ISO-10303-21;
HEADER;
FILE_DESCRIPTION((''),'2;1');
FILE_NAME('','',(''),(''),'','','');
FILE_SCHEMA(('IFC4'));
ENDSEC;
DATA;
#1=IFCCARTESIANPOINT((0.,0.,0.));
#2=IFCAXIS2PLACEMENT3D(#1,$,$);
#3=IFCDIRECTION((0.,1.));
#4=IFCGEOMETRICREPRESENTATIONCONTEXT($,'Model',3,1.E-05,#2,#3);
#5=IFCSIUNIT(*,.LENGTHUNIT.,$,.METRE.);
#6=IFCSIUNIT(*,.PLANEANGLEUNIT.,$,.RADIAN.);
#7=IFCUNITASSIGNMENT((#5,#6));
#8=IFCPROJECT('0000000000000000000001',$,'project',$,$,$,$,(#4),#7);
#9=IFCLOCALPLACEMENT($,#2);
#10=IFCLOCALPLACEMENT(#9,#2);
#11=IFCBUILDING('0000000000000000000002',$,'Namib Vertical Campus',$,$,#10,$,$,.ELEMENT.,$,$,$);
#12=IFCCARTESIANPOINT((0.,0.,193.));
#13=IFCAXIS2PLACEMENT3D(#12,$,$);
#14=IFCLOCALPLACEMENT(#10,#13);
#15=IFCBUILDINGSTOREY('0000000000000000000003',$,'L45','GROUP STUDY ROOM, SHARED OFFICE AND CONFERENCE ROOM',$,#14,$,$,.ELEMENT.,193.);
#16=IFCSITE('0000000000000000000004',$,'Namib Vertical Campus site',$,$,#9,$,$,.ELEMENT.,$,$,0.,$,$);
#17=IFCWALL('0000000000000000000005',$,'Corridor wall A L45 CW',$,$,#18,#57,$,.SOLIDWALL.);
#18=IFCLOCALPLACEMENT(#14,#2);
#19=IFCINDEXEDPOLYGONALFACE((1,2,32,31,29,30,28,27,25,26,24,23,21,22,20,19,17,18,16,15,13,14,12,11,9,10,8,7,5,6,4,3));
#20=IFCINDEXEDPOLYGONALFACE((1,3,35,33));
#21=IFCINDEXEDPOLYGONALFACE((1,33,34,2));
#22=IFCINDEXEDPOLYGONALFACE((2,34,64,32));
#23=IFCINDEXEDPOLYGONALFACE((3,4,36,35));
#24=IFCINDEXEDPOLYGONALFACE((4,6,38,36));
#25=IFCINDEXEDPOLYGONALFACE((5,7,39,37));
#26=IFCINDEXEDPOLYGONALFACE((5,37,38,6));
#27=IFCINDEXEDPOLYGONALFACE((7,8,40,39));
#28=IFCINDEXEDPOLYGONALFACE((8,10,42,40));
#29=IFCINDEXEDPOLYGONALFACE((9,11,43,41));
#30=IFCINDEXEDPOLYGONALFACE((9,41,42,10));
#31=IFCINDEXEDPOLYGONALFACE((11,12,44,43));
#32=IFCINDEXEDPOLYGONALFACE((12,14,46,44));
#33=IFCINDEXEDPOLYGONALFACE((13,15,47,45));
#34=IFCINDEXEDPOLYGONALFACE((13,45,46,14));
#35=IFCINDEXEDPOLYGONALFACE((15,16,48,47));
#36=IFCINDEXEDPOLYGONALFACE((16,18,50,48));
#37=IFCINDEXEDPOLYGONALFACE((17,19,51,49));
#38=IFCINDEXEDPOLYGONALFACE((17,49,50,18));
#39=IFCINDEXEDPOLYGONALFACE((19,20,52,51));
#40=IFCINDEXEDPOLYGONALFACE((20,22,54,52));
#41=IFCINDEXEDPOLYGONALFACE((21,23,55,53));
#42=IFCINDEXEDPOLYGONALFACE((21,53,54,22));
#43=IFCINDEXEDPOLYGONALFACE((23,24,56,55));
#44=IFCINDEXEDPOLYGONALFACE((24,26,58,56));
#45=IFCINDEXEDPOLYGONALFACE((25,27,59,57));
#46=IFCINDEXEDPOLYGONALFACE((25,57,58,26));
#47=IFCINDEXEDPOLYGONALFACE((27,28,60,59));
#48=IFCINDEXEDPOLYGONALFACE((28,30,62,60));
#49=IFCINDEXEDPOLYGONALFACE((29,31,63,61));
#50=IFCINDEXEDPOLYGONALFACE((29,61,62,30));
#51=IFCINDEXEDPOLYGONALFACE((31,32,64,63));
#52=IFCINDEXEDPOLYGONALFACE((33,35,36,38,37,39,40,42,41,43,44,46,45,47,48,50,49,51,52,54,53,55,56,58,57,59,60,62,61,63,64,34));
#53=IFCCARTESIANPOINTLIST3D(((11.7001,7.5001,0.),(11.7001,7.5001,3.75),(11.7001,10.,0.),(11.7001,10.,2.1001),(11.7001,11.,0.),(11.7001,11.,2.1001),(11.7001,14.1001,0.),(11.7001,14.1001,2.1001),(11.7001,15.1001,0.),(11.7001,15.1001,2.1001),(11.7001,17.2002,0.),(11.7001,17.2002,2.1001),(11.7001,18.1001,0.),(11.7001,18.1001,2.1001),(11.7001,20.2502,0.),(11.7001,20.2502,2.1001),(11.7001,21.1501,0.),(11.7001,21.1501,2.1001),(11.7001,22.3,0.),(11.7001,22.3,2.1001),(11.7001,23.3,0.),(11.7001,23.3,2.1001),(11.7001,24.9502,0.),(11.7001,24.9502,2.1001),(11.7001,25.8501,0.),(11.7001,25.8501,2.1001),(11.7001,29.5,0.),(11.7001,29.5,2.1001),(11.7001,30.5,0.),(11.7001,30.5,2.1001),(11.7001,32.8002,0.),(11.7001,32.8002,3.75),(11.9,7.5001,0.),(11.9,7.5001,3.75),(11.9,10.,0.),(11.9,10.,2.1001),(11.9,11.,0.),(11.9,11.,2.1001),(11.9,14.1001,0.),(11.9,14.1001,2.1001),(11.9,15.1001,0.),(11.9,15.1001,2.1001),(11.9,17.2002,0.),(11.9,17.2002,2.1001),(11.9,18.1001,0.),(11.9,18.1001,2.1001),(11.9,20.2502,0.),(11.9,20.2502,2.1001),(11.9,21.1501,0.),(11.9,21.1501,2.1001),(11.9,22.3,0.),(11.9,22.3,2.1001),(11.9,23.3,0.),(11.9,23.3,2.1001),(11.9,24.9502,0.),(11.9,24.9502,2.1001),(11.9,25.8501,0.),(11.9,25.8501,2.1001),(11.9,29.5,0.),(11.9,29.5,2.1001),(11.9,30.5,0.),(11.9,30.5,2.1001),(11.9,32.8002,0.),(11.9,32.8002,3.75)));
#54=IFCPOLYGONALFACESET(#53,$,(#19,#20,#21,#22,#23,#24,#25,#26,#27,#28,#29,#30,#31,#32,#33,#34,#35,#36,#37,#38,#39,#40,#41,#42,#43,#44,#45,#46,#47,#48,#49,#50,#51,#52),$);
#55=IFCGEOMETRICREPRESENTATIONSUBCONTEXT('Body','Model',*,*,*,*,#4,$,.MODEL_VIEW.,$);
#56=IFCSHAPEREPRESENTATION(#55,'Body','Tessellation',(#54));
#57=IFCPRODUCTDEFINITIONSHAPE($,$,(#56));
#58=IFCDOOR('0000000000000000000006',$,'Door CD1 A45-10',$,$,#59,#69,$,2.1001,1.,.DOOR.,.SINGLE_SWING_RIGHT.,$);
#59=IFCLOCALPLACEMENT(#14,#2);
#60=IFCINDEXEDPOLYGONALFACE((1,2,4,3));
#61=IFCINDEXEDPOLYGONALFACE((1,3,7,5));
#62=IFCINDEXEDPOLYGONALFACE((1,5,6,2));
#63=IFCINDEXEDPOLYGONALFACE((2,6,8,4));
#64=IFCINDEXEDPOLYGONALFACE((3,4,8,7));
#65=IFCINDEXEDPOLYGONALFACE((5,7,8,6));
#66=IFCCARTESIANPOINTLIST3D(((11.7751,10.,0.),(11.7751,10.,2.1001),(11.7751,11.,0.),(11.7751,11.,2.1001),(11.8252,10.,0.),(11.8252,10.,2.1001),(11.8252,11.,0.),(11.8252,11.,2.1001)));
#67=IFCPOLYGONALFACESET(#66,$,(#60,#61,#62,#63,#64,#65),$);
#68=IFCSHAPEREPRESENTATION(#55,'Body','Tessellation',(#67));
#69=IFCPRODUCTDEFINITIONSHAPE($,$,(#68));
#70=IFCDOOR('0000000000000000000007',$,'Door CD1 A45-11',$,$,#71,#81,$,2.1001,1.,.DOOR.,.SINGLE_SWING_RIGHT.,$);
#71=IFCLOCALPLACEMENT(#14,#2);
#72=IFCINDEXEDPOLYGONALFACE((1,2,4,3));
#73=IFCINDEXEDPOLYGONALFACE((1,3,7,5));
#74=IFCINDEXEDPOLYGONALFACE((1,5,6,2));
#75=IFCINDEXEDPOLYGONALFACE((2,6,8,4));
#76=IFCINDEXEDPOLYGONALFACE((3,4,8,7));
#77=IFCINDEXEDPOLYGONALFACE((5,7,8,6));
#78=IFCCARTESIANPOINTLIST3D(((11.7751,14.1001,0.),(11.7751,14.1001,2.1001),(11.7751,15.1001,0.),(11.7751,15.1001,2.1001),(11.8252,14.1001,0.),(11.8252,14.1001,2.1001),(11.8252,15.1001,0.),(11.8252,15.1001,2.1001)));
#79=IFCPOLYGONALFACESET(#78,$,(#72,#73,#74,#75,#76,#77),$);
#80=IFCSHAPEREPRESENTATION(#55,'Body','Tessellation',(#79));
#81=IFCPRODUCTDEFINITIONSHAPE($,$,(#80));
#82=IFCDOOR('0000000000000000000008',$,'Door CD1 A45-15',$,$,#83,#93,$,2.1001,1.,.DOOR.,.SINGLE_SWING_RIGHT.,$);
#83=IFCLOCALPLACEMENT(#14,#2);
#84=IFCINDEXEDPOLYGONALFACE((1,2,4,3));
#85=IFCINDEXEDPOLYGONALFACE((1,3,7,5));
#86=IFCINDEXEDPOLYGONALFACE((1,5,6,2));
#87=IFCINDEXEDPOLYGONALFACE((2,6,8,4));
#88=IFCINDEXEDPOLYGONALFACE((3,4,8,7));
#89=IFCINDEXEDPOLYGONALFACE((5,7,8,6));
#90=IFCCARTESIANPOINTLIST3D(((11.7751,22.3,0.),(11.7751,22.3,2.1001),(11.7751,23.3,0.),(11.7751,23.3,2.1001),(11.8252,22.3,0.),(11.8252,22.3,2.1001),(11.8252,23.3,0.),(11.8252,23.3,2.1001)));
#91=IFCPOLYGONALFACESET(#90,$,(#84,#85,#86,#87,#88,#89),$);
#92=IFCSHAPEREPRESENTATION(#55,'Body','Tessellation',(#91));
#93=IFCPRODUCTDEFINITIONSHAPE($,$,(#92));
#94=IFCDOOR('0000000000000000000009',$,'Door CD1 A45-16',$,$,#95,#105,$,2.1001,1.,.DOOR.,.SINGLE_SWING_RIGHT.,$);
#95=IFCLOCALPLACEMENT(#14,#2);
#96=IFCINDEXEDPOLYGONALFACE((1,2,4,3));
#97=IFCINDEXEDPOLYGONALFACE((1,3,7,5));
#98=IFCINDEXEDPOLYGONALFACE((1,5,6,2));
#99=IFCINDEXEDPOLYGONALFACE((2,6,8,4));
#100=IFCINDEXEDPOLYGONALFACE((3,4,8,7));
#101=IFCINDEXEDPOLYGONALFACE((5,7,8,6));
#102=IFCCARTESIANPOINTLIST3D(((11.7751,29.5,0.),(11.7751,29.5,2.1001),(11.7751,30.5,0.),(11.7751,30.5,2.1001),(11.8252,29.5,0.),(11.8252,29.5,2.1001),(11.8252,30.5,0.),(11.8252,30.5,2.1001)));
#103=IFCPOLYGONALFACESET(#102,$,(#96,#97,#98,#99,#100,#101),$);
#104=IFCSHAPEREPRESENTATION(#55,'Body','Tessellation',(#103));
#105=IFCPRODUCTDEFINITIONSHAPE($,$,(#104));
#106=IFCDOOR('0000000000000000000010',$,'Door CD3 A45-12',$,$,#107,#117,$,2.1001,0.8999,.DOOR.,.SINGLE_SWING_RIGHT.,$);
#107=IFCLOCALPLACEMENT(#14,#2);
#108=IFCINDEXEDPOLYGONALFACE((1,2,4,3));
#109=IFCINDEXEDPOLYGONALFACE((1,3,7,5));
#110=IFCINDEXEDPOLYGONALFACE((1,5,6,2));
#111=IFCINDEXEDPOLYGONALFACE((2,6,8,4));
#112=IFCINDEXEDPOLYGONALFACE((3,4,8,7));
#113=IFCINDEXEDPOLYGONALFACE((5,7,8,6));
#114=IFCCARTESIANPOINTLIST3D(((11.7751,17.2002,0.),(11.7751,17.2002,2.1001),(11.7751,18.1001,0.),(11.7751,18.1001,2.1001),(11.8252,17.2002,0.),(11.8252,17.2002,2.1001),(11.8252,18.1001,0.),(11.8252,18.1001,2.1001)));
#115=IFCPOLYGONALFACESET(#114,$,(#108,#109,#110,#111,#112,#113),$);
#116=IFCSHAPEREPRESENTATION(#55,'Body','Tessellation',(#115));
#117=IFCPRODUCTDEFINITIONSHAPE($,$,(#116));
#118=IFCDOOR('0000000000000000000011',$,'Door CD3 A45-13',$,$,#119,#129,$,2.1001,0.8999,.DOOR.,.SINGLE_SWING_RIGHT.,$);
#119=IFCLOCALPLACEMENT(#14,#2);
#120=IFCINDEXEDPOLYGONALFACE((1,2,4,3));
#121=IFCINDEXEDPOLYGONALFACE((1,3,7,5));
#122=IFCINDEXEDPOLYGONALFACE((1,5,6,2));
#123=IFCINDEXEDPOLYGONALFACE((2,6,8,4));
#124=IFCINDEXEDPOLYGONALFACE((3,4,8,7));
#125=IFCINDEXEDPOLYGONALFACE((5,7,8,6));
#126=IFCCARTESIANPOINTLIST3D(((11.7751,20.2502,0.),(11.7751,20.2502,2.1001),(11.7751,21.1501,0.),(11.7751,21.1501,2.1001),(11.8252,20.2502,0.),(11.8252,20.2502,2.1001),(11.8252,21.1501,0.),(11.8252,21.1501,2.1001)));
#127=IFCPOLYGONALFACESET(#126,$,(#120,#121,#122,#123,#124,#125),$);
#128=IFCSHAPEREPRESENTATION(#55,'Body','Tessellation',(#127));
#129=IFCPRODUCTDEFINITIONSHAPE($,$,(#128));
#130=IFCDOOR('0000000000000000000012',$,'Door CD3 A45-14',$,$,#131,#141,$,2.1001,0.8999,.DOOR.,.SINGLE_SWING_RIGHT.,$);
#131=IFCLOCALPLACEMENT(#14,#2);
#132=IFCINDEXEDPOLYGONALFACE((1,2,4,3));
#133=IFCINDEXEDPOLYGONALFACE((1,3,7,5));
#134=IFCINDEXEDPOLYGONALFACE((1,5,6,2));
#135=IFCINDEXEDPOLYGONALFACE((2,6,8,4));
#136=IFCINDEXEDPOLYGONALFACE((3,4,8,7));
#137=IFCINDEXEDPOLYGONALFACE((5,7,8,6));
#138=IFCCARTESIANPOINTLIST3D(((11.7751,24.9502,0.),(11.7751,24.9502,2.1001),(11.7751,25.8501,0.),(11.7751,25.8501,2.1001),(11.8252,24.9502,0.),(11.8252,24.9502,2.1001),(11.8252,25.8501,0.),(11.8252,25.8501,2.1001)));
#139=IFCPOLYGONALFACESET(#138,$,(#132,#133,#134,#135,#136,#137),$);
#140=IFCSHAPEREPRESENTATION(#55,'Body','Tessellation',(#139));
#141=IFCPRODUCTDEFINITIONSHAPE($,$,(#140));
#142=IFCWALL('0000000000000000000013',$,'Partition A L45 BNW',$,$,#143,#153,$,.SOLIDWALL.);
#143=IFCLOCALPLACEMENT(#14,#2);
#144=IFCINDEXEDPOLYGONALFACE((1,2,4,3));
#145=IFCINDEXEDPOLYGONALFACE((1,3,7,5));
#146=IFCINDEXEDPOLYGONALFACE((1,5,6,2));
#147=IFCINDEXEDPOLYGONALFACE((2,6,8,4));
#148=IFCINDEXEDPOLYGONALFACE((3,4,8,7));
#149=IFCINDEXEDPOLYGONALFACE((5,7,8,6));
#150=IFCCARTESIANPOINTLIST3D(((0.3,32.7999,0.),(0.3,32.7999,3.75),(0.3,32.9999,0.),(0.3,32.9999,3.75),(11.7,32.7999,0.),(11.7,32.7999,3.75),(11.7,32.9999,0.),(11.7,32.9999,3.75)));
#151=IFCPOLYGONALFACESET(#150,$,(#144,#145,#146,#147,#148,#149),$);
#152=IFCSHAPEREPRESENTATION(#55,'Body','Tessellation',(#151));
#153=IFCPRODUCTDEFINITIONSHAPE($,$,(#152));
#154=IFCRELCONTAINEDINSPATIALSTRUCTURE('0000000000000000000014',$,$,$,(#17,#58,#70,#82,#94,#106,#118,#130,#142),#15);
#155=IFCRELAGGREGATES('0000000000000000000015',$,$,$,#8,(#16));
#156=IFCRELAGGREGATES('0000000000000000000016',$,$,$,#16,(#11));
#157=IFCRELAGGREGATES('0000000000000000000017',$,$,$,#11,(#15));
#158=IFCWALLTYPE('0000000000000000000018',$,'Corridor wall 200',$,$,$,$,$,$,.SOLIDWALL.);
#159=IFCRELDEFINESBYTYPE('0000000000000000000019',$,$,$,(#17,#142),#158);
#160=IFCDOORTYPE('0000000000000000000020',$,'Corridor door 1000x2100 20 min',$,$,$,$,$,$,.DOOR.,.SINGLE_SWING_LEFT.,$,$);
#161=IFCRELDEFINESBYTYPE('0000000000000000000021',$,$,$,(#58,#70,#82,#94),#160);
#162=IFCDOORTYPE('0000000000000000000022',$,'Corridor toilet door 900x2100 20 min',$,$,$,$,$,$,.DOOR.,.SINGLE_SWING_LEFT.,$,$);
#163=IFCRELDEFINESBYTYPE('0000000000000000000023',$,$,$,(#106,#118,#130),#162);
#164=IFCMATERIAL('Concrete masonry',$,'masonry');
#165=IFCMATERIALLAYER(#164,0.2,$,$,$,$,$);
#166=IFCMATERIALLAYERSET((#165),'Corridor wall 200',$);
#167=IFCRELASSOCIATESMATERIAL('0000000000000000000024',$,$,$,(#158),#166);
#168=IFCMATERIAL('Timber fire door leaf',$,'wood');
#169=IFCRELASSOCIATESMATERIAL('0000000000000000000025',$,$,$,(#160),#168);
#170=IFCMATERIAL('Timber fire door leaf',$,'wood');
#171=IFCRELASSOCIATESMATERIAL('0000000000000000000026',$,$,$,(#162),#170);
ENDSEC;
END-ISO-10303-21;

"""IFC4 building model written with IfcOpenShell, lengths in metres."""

from ifc_helpers import new_model, si_unit, direction, frame, frame_2d, origin, place, context, subcontext, project, spatial, rectangle, extrude, material, layer, layer_set, type_object, element, fill, save


model = new_model("IFC4")

# Units and contexts
model_context = context("Model", 3, precision=1e-05, world=origin(), true_north=direction((0.0, 1.0)))
body_context = subcontext(model_context, "Body", "Model", "MODEL_VIEW")
ifc_project = project(units=[si_unit("LENGTHUNIT", "METRE"), si_unit("PLANEANGLEUNIT", "RADIAN")], contexts=[model_context])

# Site, building, storey
site_placement = place(None, origin())
site = spatial("IfcSite", under=ifc_project, at=site_placement, Name="Namib Vertical Campus site", CompositionType="ELEMENT", RefElevation=0.0)
building_placement = place(site_placement, origin())
building = spatial("IfcBuilding", under=site, at=building_placement, Name="Namib Vertical Campus", CompositionType="ELEMENT")
storey_placement = place(building_placement, frame((0.0, 0.0, 193.0)))
storey = spatial("IfcBuildingStorey", under=building, at=storey_placement, Name="L45", Description="GROUP STUDY ROOM, SHARED OFFICE AND CONFERENCE ROOM", CompositionType="ELEMENT", Elevation=193.0)

# Wall, openings, doors
ifc_material_1 = material(Name="Concrete masonry", Category="masonry")
ifc_layer_1 = layer(ifc_material_1, 0.2)
ifc_layer_set_1 = layer_set([ifc_layer_1], Name="Corridor wall 200")
wall_type_1 = type_object("IfcWallType", Name="Corridor wall 200", PredefinedType="SOLIDWALL", material=ifc_layer_set_1)
wall_1_placement = place(storey_placement, frame((11.8, 32.8, 0.0), z_axis=(0.0, 0.0, 1.0), x_axis=(0.0, -1.0, 0.0)))
wall_1 = element("IfcWall", 1, at=wall_1_placement, inside=storey, type_object=wall_type_1, Name="Corridor wall A L45 CW", PredefinedType="SOLIDWALL", context=body_context, shape_type="SweptSolid", body=[
    extrude(rectangle(XDim=25.3, YDim=0.2, at=frame_2d((12.6499, 0.0))), origin(), (0.0, 0.0, 1.0), 3.75),
])
opening_1_placement = place(wall_1_placement, frame((21.8, 0.0, 0.0)))
opening_1 = element("IfcOpeningElement", 2, at=opening_1_placement, cuts=wall_1, PredefinedType="OPENING", context=body_context, shape_type="SweptSolid", body=[
    extrude(rectangle(XDim=1.0, YDim=2.1001, at=frame_2d((0.5, 1.05))), frame((0.0, 0.1099, 0.0), z_axis=(0.0, -1.0, 0.0), x_axis=(1.0, 0.0, 0.0)), (0.0, 0.0, 1.0), 0.22),
])
opening_2_placement = place(wall_1_placement, frame((17.7, 0.0, 0.0)))
opening_2 = element("IfcOpeningElement", 3, at=opening_2_placement, cuts=wall_1, PredefinedType="OPENING", context=body_context, shape_type="SweptSolid", body=[
    extrude(rectangle(XDim=1.0, YDim=2.1001, at=frame_2d((0.5, 1.05))), frame((0.0, 0.1099, 0.0), z_axis=(0.0, -1.0, 0.0), x_axis=(1.0, 0.0, 0.0)), (0.0, 0.0, 1.0), 0.22),
])
opening_3_placement = place(wall_1_placement, frame((14.7, 0.0, 0.0)))
opening_3 = element("IfcOpeningElement", 4, at=opening_3_placement, cuts=wall_1, PredefinedType="OPENING", context=body_context, shape_type="SweptSolid", body=[
    extrude(rectangle(XDim=0.8999, YDim=2.1001, at=frame_2d((0.45, 1.05))), frame((0.0, 0.1099, 0.0), z_axis=(0.0, -1.0, 0.0), x_axis=(1.0, 0.0, 0.0)), (0.0, 0.0, 1.0), 0.22),
])
opening_4_placement = place(wall_1_placement, frame((11.6499, 0.0, 0.0)))
opening_4 = element("IfcOpeningElement", 5, at=opening_4_placement, cuts=wall_1, PredefinedType="OPENING", context=body_context, shape_type="SweptSolid", body=[
    extrude(rectangle(XDim=0.8999, YDim=2.1001, at=frame_2d((0.45, 1.05))), frame((0.0, 0.1099, 0.0), z_axis=(0.0, -1.0, 0.0), x_axis=(1.0, 0.0, 0.0)), (0.0, 0.0, 1.0), 0.22),
])
opening_5_placement = place(wall_1_placement, frame((6.95, 0.0, 0.0)))
opening_5 = element("IfcOpeningElement", 6, at=opening_5_placement, cuts=wall_1, PredefinedType="OPENING", context=body_context, shape_type="SweptSolid", body=[
    extrude(rectangle(XDim=0.8999, YDim=2.1001, at=frame_2d((0.45, 1.05))), frame((0.0, 0.1099, 0.0), z_axis=(0.0, -1.0, 0.0), x_axis=(1.0, 0.0, 0.0)), (0.0, 0.0, 1.0), 0.22),
])
opening_6_placement = place(wall_1_placement, frame((9.5, 0.0, 0.0)))
opening_6 = element("IfcOpeningElement", 7, at=opening_6_placement, cuts=wall_1, PredefinedType="OPENING", context=body_context, shape_type="SweptSolid", body=[
    extrude(rectangle(XDim=1.0, YDim=2.1001, at=frame_2d((0.5, 1.05))), frame((0.0, 0.1099, 0.0), z_axis=(0.0, -1.0, 0.0), x_axis=(1.0, 0.0, 0.0)), (0.0, 0.0, 1.0), 0.22),
])
opening_7_placement = place(wall_1_placement, frame((2.3, 0.0, 0.0)))
opening_7 = element("IfcOpeningElement", 8, at=opening_7_placement, cuts=wall_1, PredefinedType="OPENING", context=body_context, shape_type="SweptSolid", body=[
    extrude(rectangle(XDim=1.0, YDim=2.1001, at=frame_2d((0.5, 1.05))), frame((0.0, 0.1099, 0.0), z_axis=(0.0, -1.0, 0.0), x_axis=(1.0, 0.0, 0.0)), (0.0, 0.0, 1.0), 0.22),
])
ifc_material_2 = material(Name="Timber fire door leaf", Category="wood")
door_type_1 = type_object("IfcDoorType", Name="Corridor door 1000x2100 20 min", OperationType="SINGLE_SWING_LEFT", PredefinedType="DOOR", material=ifc_material_2)
door_1_placement = place(opening_1_placement, frame((1.0, 0.0, 0.0), z_axis=(0.0, 0.0, 1.0), x_axis=(-1.0, 0.0, 0.0)))
door_1 = element("IfcDoor", 9, at=door_1_placement, inside=storey, type_object=door_type_1, Name="Door CD1 A45-10", OperationType="SINGLE_SWING_RIGHT", OverallHeight=2.1001, OverallWidth=1.0, PredefinedType="DOOR", context=body_context, shape_type="SweptSolid", body=[
    extrude(rectangle(XDim=1.0, YDim=2.1001, at=frame_2d((0.5, 1.05))), frame((0.0, 0.0249, 0.0), z_axis=(0.0, -1.0, 0.0), x_axis=(1.0, 0.0, 0.0)), (0.0, 0.0, 1.0), 0.05),
])
fill(opening_1, door_1)
door_2_placement = place(opening_2_placement, frame((1.0, 0.0, 0.0), z_axis=(0.0, 0.0, 1.0), x_axis=(-1.0, 0.0, 0.0)))
door_2 = element("IfcDoor", 10, at=door_2_placement, inside=storey, type_object=door_type_1, Name="Door CD1 A45-11", OperationType="SINGLE_SWING_RIGHT", OverallHeight=2.1001, OverallWidth=1.0, PredefinedType="DOOR", context=body_context, shape_type="SweptSolid", body=[
    extrude(rectangle(XDim=1.0, YDim=2.1001, at=frame_2d((0.5, 1.05))), frame((0.0, 0.0249, 0.0), z_axis=(0.0, -1.0, 0.0), x_axis=(1.0, 0.0, 0.0)), (0.0, 0.0, 1.0), 0.05),
])
fill(opening_2, door_2)
door_3_placement = place(opening_6_placement, frame((1.0, 0.0, 0.0), z_axis=(0.0, 0.0, 1.0), x_axis=(-1.0, 0.0, 0.0)))
door_3 = element("IfcDoor", 11, at=door_3_placement, inside=storey, type_object=door_type_1, Name="Door CD1 A45-15", OperationType="SINGLE_SWING_RIGHT", OverallHeight=2.1001, OverallWidth=1.0, PredefinedType="DOOR", context=body_context, shape_type="SweptSolid", body=[
    extrude(rectangle(XDim=1.0, YDim=2.1001, at=frame_2d((0.5, 1.05))), frame((0.0, 0.0249, 0.0), z_axis=(0.0, -1.0, 0.0), x_axis=(1.0, 0.0, 0.0)), (0.0, 0.0, 1.0), 0.05),
])
fill(opening_6, door_3)
door_4_placement = place(opening_7_placement, frame((1.0, 0.0, 0.0), z_axis=(0.0, 0.0, 1.0), x_axis=(-1.0, 0.0, 0.0)))
door_4 = element("IfcDoor", 12, at=door_4_placement, inside=storey, type_object=door_type_1, Name="Door CD1 A45-16", OperationType="SINGLE_SWING_RIGHT", OverallHeight=2.1001, OverallWidth=1.0, PredefinedType="DOOR", context=body_context, shape_type="SweptSolid", body=[
    extrude(rectangle(XDim=1.0, YDim=2.1001, at=frame_2d((0.5, 1.05))), frame((0.0, 0.0249, 0.0), z_axis=(0.0, -1.0, 0.0), x_axis=(1.0, 0.0, 0.0)), (0.0, 0.0, 1.0), 0.05),
])
fill(opening_7, door_4)
ifc_material_3 = material(Name="Timber fire door leaf", Category="wood")
door_type_2 = type_object("IfcDoorType", Name="Corridor toilet door 900x2100 20 min", OperationType="SINGLE_SWING_LEFT", PredefinedType="DOOR", material=ifc_material_3)
door_5_placement = place(opening_3_placement, frame((0.8999, 0.0, 0.0), z_axis=(0.0, 0.0, 1.0), x_axis=(-1.0, 0.0, 0.0)))
door_5 = element("IfcDoor", 13, at=door_5_placement, inside=storey, type_object=door_type_2, Name="Door CD3 A45-12", OperationType="SINGLE_SWING_RIGHT", OverallHeight=2.1001, OverallWidth=0.8999, PredefinedType="DOOR", context=body_context, shape_type="SweptSolid", body=[
    extrude(rectangle(XDim=0.8999, YDim=2.1001, at=frame_2d((0.45, 1.05))), frame((0.0, 0.0249, 0.0), z_axis=(0.0, -1.0, 0.0), x_axis=(1.0, 0.0, 0.0)), (0.0, 0.0, 1.0), 0.05),
])
fill(opening_3, door_5)
door_6_placement = place(opening_4_placement, frame((0.8999, 0.0, 0.0), z_axis=(0.0, 0.0, 1.0), x_axis=(-1.0, 0.0, 0.0)))
door_6 = element("IfcDoor", 14, at=door_6_placement, inside=storey, type_object=door_type_2, Name="Door CD3 A45-13", OperationType="SINGLE_SWING_RIGHT", OverallHeight=2.1001, OverallWidth=0.8999, PredefinedType="DOOR", context=body_context, shape_type="SweptSolid", body=[
    extrude(rectangle(XDim=0.8999, YDim=2.1001, at=frame_2d((0.45, 1.05))), frame((0.0, 0.0249, 0.0), z_axis=(0.0, -1.0, 0.0), x_axis=(1.0, 0.0, 0.0)), (0.0, 0.0, 1.0), 0.05),
])
fill(opening_4, door_6)
door_7_placement = place(opening_5_placement, frame((0.8999, 0.0, 0.0), z_axis=(0.0, 0.0, 1.0), x_axis=(-1.0, 0.0, 0.0)))
door_7 = element("IfcDoor", 15, at=door_7_placement, inside=storey, type_object=door_type_2, Name="Door CD3 A45-14", OperationType="SINGLE_SWING_RIGHT", OverallHeight=2.1001, OverallWidth=0.8999, PredefinedType="DOOR", context=body_context, shape_type="SweptSolid", body=[
    extrude(rectangle(XDim=0.8999, YDim=2.1001, at=frame_2d((0.45, 1.05))), frame((0.0, 0.0249, 0.0), z_axis=(0.0, -1.0, 0.0), x_axis=(1.0, 0.0, 0.0)), (0.0, 0.0, 1.0), 0.05),
])
fill(opening_5, door_7)

# Wall
wall_2_placement = place(storey_placement, frame((0.3, 32.8999, 0.0), z_axis=(0.0, 0.0, 1.0), x_axis=(1.0, 0.0, 0.0)))
element("IfcWall", 16, at=wall_2_placement, inside=storey, type_object=wall_type_1, Name="Partition A L45 BNW", PredefinedType="SOLIDWALL", context=body_context, shape_type="SweptSolid", body=[
    extrude(rectangle(XDim=11.3999, YDim=0.2, at=frame_2d((5.7, 0.0))), origin(), (0.0, 0.0, 1.0), 3.75),
])

save(model, "model.ifc")
